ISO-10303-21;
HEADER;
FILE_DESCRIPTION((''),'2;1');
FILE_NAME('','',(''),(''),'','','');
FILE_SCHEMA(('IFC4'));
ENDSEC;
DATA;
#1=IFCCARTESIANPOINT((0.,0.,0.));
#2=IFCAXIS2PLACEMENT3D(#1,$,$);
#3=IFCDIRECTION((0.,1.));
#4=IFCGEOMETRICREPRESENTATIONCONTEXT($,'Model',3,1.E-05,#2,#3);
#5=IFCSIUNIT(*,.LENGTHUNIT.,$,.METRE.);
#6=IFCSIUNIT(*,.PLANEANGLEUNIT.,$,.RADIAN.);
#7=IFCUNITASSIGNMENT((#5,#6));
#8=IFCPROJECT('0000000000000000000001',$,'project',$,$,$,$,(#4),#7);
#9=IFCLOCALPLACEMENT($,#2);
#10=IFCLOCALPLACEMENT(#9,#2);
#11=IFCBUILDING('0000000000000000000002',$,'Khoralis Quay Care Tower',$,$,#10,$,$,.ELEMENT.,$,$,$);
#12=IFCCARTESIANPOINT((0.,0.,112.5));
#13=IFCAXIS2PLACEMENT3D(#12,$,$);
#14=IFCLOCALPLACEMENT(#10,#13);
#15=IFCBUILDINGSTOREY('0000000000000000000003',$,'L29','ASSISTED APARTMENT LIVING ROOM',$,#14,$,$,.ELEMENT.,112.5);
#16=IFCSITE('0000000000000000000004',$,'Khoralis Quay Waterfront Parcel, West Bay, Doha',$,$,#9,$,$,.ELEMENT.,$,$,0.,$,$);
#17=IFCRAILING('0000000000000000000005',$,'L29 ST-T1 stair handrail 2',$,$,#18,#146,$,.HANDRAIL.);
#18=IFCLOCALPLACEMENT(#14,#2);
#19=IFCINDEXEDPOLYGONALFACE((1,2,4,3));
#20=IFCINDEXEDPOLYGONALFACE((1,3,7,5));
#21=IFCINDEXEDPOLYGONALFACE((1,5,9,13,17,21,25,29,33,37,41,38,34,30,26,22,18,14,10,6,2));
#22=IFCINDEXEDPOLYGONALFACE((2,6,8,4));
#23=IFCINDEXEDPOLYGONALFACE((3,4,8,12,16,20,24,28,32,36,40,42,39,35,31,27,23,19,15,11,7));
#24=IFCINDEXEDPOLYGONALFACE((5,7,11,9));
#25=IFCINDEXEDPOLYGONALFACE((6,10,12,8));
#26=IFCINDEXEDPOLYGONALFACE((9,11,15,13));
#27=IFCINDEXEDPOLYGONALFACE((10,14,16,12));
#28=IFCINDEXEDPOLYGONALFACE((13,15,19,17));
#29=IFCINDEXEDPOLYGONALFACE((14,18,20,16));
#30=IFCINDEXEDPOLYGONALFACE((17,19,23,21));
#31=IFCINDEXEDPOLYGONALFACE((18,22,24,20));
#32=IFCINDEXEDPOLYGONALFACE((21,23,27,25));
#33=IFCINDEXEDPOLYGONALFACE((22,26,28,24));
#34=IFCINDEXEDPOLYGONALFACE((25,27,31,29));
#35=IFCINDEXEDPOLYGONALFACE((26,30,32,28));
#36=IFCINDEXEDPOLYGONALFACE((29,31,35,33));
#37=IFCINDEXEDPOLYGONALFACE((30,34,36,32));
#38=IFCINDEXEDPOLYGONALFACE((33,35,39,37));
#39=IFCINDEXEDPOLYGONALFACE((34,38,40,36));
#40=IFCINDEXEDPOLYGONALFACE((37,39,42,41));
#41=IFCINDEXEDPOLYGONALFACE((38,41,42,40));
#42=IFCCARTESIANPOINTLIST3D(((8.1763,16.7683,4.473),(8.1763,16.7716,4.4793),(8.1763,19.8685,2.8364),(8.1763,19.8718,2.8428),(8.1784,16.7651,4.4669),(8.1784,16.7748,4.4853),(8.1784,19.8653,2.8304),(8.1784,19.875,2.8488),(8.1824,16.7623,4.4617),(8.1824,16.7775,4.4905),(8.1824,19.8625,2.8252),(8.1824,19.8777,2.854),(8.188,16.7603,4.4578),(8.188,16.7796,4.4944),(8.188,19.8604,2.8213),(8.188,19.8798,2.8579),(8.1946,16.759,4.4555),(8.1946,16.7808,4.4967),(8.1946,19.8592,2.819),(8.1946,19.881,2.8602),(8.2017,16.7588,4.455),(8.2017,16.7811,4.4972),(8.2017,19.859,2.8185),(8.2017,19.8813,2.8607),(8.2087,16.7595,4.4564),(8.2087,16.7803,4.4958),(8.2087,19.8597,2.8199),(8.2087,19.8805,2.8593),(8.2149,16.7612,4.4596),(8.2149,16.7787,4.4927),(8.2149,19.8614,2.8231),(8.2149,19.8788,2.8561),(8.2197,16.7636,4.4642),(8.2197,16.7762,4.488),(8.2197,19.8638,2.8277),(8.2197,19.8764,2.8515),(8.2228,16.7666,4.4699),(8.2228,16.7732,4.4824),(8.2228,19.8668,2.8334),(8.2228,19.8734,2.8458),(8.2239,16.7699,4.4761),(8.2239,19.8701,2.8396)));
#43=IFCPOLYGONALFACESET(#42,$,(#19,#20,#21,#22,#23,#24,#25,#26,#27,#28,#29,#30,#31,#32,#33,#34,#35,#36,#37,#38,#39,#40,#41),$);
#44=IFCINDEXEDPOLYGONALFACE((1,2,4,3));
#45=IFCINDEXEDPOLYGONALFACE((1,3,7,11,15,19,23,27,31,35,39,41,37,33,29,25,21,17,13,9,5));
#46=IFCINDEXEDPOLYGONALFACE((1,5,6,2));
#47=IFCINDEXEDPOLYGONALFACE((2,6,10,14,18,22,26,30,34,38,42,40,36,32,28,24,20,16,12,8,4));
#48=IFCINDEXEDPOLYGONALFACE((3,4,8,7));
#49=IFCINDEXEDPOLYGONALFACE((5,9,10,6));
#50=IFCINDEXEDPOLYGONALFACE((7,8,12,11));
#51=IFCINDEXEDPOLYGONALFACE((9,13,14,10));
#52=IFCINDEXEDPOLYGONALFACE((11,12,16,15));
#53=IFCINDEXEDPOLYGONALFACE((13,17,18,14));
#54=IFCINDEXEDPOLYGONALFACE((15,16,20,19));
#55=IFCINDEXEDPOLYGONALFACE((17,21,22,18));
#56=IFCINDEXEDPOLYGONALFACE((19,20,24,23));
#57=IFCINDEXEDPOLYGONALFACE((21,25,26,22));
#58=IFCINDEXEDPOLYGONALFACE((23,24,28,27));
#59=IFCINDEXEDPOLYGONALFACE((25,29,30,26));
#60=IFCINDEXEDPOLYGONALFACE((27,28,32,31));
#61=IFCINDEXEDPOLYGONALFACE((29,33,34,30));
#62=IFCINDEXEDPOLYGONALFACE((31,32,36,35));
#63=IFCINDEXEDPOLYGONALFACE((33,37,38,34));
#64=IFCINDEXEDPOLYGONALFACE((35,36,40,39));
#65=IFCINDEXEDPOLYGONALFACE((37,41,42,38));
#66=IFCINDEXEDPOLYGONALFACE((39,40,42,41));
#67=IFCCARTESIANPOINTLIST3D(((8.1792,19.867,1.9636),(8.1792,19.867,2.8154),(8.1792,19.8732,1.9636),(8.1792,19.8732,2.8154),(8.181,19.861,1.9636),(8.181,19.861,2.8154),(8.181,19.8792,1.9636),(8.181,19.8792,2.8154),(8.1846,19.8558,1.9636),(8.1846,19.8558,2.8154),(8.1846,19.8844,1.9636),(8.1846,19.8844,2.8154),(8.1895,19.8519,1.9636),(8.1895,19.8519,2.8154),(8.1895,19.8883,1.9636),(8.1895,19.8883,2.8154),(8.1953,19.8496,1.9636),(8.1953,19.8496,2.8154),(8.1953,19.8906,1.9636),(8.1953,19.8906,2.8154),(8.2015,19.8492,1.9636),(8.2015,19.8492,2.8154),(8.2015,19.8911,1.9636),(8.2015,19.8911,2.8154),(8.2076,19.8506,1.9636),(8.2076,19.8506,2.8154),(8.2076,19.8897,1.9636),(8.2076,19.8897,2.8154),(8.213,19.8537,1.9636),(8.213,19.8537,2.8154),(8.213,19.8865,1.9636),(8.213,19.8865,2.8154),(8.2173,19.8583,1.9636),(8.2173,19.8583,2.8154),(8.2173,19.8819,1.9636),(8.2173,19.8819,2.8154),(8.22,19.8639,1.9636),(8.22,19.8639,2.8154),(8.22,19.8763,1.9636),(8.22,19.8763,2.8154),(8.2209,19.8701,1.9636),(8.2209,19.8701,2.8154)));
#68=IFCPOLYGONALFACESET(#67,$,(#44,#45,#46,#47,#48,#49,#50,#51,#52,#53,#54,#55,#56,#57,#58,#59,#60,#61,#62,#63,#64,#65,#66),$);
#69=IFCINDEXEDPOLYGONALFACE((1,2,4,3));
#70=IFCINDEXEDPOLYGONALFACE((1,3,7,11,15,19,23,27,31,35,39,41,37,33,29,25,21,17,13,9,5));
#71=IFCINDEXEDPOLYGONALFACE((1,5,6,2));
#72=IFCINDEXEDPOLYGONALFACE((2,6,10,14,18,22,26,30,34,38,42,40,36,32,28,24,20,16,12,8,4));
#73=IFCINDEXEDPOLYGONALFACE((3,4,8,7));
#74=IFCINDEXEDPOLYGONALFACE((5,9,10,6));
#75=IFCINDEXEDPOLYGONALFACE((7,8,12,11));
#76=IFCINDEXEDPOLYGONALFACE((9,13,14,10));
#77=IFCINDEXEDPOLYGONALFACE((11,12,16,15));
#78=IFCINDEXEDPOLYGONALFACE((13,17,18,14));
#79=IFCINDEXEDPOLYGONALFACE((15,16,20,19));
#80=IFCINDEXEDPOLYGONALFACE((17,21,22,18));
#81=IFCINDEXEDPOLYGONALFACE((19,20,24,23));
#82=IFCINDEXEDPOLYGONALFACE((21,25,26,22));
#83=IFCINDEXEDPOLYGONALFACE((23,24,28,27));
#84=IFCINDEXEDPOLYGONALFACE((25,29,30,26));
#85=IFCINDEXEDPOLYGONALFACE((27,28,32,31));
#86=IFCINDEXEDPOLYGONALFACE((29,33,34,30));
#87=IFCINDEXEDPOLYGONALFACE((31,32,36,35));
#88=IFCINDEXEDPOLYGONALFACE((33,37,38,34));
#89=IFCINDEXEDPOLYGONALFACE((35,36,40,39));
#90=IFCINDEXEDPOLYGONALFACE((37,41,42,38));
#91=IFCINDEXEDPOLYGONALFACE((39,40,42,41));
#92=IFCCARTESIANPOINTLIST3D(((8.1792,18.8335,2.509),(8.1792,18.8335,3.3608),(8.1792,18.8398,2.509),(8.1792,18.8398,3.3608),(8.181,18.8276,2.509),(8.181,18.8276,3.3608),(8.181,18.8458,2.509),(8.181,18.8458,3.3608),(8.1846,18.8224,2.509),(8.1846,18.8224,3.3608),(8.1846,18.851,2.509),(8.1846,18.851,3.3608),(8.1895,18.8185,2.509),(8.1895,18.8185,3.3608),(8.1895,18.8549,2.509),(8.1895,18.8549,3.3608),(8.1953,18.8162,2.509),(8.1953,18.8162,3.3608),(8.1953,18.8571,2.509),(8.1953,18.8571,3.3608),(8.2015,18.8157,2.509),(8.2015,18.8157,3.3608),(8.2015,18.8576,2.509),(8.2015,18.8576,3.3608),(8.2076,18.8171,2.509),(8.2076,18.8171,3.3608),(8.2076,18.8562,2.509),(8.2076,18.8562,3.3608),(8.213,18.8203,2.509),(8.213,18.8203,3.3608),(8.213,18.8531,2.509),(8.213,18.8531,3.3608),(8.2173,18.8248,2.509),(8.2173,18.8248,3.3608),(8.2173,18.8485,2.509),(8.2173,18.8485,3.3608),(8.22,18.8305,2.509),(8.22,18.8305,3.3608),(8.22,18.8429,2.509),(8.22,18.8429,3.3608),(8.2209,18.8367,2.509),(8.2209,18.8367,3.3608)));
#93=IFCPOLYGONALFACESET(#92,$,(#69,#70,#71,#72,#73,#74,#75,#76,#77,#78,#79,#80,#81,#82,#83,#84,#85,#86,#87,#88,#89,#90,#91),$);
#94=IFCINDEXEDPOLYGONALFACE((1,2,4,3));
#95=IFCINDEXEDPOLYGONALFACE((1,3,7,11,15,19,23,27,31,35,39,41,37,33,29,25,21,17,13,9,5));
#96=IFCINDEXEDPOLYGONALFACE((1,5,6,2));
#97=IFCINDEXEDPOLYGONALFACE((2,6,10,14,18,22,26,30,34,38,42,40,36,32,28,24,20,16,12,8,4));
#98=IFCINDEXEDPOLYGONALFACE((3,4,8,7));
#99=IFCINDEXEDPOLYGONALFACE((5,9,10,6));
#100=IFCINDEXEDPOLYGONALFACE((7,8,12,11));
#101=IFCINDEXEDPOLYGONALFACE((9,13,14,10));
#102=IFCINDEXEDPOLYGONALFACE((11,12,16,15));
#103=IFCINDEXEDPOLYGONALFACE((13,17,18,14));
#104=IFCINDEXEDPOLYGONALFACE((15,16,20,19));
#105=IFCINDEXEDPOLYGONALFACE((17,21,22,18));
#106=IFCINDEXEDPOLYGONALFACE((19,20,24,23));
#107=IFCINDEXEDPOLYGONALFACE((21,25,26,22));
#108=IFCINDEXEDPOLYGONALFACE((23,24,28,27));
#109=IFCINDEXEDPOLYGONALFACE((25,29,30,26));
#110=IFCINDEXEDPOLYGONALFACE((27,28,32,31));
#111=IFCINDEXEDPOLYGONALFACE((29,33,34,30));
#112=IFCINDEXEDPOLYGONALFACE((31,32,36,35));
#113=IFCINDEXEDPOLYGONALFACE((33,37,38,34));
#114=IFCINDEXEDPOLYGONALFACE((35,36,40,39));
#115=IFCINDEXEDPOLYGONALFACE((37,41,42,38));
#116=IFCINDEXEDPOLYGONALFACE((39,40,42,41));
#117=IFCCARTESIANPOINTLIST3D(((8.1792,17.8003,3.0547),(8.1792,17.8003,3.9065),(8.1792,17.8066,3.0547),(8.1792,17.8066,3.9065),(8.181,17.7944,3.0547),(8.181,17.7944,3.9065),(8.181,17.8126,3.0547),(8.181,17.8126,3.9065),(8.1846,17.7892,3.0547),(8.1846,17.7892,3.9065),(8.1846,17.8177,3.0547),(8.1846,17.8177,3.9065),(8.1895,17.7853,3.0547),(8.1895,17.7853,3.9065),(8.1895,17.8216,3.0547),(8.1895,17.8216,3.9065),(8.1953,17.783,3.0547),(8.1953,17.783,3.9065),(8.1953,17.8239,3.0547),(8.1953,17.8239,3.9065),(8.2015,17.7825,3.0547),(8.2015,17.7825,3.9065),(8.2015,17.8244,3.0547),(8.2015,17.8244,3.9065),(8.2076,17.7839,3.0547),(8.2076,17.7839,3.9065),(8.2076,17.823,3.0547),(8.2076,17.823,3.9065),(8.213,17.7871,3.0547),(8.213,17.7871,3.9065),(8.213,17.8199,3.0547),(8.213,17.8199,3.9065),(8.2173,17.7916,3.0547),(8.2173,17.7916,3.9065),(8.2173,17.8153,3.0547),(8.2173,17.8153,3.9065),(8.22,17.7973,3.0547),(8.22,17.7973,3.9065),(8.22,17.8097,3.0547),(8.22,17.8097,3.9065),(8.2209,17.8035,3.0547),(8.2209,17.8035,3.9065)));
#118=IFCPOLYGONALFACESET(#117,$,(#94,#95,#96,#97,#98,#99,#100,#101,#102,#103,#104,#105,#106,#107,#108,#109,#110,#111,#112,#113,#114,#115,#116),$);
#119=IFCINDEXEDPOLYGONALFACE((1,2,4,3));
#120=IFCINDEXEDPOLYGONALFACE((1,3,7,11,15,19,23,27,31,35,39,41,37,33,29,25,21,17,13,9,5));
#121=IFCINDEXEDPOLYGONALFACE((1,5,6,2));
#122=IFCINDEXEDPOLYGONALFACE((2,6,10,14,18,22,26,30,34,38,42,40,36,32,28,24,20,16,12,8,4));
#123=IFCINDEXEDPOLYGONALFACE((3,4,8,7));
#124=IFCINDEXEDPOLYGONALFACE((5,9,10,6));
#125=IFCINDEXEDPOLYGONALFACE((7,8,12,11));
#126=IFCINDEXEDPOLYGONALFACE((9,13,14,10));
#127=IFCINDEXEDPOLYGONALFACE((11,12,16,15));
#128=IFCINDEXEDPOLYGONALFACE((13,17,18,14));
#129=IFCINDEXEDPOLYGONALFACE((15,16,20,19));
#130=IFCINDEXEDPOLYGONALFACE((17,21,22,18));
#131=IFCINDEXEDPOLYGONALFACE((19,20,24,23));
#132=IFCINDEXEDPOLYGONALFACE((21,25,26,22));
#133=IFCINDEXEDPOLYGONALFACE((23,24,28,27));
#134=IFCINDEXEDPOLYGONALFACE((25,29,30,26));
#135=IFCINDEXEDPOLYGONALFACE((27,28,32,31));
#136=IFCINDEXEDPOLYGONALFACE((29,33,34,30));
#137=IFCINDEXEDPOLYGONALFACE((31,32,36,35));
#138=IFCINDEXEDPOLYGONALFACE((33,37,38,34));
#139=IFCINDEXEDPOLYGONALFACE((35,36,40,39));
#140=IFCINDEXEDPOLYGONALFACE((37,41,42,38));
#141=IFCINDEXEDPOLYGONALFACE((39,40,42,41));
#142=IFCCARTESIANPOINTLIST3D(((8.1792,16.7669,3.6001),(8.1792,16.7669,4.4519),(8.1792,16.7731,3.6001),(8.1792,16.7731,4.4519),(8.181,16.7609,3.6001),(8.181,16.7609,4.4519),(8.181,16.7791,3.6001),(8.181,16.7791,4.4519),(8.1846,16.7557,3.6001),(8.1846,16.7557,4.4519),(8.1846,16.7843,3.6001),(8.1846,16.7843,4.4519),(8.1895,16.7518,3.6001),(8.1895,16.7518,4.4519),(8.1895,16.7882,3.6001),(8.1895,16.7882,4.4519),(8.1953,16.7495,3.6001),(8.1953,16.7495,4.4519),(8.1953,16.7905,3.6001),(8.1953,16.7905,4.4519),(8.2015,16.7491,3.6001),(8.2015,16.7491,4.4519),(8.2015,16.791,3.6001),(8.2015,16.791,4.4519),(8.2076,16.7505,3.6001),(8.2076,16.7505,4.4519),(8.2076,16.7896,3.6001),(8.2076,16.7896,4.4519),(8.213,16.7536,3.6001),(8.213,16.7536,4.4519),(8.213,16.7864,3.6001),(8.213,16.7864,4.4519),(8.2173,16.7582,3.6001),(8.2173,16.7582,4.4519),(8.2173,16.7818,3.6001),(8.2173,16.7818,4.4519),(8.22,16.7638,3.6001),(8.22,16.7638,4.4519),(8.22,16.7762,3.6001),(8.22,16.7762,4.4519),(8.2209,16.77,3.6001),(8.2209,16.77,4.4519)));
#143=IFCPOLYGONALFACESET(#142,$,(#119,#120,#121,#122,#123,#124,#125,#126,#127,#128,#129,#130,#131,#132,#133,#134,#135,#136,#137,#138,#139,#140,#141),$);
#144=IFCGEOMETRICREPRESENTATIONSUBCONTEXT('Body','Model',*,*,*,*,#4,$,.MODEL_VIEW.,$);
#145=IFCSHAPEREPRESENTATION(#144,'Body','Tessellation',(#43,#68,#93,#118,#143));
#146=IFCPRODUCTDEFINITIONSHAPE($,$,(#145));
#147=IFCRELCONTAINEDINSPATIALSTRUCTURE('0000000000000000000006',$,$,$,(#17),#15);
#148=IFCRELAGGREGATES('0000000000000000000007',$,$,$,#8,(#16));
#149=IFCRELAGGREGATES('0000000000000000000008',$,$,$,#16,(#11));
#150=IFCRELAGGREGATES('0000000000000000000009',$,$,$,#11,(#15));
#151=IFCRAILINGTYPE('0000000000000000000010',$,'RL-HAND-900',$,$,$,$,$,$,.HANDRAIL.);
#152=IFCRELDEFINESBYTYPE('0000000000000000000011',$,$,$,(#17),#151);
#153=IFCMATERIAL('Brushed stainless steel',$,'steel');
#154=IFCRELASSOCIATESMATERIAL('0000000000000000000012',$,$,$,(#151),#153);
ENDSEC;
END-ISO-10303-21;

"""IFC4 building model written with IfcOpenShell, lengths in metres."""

from ifc_helpers import new_model, si_unit, direction, frame, origin, origin_2d, place, context, subcontext, project, spatial, circle, extrude, material, type_object, element, save


model = new_model("IFC4")

# Units and contexts
model_context = context("Model", 3, precision=1e-05, world=origin(), true_north=direction((0.0, 1.0)))
body_context = subcontext(model_context, "Body", "Model", "MODEL_VIEW")
ifc_project = project(units=[si_unit("LENGTHUNIT", "METRE"), si_unit("PLANEANGLEUNIT", "RADIAN")], contexts=[model_context])

# Site, building, storey
site_placement = place(None, origin())
site = spatial("IfcSite", under=ifc_project, at=site_placement, Name="Khoralis Quay Waterfront Parcel, West Bay, Doha", CompositionType="ELEMENT", RefElevation=0.0)
building_placement = place(site_placement, origin())
building = spatial("IfcBuilding", under=site, at=building_placement, Name="Khoralis Quay Care Tower", CompositionType="ELEMENT")
storey_placement = place(building_placement, frame((0.0, 0.0, 112.5)))
storey = spatial("IfcBuildingStorey", under=building, at=storey_placement, Name="L29", Description="ASSISTED APARTMENT LIVING ROOM", CompositionType="ELEMENT", Elevation=112.5)

# Shared definitions
ifc_material_1 = material(Name="Brushed stainless steel", Category="steel")

# Railing
railing_type_1 = type_object("IfcRailingType", Name="RL-HAND-900", PredefinedType="HANDRAIL", material=ifc_material_1)
railing_1_placement = place(storey_placement, frame((8.2, 19.8701, 1.9636)))
element("IfcRailing", 1, at=railing_1_placement, inside=storey, type_object=railing_type_1, Name="L29 ST-T1 stair handrail 2", PredefinedType="HANDRAIL", context=body_context, shape_type="SweptSolid", body=[
    extrude(circle(Radius=0.0239, at=origin_2d()), frame((0.0, 0.0, 0.876), z_axis=(0.0, -0.884348, 0.466828), x_axis=(1.0, 0.0, 0.0)), (0.0, 0.0, 1.0), 3.5056),
    extrude(circle(Radius=0.021, at=origin_2d()), origin(), (0.0, 0.0, 1.0), 0.8518),
    extrude(circle(Radius=0.021, at=origin_2d()), frame((0.0, -1.0334, 0.5454)), (0.0, 0.0, 1.0), 0.8518),
    extrude(circle(Radius=0.021, at=origin_2d()), frame((0.0, -2.0667, 1.0911)), (0.0, 0.0, 1.0), 0.8518),
    extrude(circle(Radius=0.021, at=origin_2d()), frame((0.0, -3.1001, 1.6365)), (0.0, 0.0, 1.0), 0.8518),
])

save(model, "model.ifc")
